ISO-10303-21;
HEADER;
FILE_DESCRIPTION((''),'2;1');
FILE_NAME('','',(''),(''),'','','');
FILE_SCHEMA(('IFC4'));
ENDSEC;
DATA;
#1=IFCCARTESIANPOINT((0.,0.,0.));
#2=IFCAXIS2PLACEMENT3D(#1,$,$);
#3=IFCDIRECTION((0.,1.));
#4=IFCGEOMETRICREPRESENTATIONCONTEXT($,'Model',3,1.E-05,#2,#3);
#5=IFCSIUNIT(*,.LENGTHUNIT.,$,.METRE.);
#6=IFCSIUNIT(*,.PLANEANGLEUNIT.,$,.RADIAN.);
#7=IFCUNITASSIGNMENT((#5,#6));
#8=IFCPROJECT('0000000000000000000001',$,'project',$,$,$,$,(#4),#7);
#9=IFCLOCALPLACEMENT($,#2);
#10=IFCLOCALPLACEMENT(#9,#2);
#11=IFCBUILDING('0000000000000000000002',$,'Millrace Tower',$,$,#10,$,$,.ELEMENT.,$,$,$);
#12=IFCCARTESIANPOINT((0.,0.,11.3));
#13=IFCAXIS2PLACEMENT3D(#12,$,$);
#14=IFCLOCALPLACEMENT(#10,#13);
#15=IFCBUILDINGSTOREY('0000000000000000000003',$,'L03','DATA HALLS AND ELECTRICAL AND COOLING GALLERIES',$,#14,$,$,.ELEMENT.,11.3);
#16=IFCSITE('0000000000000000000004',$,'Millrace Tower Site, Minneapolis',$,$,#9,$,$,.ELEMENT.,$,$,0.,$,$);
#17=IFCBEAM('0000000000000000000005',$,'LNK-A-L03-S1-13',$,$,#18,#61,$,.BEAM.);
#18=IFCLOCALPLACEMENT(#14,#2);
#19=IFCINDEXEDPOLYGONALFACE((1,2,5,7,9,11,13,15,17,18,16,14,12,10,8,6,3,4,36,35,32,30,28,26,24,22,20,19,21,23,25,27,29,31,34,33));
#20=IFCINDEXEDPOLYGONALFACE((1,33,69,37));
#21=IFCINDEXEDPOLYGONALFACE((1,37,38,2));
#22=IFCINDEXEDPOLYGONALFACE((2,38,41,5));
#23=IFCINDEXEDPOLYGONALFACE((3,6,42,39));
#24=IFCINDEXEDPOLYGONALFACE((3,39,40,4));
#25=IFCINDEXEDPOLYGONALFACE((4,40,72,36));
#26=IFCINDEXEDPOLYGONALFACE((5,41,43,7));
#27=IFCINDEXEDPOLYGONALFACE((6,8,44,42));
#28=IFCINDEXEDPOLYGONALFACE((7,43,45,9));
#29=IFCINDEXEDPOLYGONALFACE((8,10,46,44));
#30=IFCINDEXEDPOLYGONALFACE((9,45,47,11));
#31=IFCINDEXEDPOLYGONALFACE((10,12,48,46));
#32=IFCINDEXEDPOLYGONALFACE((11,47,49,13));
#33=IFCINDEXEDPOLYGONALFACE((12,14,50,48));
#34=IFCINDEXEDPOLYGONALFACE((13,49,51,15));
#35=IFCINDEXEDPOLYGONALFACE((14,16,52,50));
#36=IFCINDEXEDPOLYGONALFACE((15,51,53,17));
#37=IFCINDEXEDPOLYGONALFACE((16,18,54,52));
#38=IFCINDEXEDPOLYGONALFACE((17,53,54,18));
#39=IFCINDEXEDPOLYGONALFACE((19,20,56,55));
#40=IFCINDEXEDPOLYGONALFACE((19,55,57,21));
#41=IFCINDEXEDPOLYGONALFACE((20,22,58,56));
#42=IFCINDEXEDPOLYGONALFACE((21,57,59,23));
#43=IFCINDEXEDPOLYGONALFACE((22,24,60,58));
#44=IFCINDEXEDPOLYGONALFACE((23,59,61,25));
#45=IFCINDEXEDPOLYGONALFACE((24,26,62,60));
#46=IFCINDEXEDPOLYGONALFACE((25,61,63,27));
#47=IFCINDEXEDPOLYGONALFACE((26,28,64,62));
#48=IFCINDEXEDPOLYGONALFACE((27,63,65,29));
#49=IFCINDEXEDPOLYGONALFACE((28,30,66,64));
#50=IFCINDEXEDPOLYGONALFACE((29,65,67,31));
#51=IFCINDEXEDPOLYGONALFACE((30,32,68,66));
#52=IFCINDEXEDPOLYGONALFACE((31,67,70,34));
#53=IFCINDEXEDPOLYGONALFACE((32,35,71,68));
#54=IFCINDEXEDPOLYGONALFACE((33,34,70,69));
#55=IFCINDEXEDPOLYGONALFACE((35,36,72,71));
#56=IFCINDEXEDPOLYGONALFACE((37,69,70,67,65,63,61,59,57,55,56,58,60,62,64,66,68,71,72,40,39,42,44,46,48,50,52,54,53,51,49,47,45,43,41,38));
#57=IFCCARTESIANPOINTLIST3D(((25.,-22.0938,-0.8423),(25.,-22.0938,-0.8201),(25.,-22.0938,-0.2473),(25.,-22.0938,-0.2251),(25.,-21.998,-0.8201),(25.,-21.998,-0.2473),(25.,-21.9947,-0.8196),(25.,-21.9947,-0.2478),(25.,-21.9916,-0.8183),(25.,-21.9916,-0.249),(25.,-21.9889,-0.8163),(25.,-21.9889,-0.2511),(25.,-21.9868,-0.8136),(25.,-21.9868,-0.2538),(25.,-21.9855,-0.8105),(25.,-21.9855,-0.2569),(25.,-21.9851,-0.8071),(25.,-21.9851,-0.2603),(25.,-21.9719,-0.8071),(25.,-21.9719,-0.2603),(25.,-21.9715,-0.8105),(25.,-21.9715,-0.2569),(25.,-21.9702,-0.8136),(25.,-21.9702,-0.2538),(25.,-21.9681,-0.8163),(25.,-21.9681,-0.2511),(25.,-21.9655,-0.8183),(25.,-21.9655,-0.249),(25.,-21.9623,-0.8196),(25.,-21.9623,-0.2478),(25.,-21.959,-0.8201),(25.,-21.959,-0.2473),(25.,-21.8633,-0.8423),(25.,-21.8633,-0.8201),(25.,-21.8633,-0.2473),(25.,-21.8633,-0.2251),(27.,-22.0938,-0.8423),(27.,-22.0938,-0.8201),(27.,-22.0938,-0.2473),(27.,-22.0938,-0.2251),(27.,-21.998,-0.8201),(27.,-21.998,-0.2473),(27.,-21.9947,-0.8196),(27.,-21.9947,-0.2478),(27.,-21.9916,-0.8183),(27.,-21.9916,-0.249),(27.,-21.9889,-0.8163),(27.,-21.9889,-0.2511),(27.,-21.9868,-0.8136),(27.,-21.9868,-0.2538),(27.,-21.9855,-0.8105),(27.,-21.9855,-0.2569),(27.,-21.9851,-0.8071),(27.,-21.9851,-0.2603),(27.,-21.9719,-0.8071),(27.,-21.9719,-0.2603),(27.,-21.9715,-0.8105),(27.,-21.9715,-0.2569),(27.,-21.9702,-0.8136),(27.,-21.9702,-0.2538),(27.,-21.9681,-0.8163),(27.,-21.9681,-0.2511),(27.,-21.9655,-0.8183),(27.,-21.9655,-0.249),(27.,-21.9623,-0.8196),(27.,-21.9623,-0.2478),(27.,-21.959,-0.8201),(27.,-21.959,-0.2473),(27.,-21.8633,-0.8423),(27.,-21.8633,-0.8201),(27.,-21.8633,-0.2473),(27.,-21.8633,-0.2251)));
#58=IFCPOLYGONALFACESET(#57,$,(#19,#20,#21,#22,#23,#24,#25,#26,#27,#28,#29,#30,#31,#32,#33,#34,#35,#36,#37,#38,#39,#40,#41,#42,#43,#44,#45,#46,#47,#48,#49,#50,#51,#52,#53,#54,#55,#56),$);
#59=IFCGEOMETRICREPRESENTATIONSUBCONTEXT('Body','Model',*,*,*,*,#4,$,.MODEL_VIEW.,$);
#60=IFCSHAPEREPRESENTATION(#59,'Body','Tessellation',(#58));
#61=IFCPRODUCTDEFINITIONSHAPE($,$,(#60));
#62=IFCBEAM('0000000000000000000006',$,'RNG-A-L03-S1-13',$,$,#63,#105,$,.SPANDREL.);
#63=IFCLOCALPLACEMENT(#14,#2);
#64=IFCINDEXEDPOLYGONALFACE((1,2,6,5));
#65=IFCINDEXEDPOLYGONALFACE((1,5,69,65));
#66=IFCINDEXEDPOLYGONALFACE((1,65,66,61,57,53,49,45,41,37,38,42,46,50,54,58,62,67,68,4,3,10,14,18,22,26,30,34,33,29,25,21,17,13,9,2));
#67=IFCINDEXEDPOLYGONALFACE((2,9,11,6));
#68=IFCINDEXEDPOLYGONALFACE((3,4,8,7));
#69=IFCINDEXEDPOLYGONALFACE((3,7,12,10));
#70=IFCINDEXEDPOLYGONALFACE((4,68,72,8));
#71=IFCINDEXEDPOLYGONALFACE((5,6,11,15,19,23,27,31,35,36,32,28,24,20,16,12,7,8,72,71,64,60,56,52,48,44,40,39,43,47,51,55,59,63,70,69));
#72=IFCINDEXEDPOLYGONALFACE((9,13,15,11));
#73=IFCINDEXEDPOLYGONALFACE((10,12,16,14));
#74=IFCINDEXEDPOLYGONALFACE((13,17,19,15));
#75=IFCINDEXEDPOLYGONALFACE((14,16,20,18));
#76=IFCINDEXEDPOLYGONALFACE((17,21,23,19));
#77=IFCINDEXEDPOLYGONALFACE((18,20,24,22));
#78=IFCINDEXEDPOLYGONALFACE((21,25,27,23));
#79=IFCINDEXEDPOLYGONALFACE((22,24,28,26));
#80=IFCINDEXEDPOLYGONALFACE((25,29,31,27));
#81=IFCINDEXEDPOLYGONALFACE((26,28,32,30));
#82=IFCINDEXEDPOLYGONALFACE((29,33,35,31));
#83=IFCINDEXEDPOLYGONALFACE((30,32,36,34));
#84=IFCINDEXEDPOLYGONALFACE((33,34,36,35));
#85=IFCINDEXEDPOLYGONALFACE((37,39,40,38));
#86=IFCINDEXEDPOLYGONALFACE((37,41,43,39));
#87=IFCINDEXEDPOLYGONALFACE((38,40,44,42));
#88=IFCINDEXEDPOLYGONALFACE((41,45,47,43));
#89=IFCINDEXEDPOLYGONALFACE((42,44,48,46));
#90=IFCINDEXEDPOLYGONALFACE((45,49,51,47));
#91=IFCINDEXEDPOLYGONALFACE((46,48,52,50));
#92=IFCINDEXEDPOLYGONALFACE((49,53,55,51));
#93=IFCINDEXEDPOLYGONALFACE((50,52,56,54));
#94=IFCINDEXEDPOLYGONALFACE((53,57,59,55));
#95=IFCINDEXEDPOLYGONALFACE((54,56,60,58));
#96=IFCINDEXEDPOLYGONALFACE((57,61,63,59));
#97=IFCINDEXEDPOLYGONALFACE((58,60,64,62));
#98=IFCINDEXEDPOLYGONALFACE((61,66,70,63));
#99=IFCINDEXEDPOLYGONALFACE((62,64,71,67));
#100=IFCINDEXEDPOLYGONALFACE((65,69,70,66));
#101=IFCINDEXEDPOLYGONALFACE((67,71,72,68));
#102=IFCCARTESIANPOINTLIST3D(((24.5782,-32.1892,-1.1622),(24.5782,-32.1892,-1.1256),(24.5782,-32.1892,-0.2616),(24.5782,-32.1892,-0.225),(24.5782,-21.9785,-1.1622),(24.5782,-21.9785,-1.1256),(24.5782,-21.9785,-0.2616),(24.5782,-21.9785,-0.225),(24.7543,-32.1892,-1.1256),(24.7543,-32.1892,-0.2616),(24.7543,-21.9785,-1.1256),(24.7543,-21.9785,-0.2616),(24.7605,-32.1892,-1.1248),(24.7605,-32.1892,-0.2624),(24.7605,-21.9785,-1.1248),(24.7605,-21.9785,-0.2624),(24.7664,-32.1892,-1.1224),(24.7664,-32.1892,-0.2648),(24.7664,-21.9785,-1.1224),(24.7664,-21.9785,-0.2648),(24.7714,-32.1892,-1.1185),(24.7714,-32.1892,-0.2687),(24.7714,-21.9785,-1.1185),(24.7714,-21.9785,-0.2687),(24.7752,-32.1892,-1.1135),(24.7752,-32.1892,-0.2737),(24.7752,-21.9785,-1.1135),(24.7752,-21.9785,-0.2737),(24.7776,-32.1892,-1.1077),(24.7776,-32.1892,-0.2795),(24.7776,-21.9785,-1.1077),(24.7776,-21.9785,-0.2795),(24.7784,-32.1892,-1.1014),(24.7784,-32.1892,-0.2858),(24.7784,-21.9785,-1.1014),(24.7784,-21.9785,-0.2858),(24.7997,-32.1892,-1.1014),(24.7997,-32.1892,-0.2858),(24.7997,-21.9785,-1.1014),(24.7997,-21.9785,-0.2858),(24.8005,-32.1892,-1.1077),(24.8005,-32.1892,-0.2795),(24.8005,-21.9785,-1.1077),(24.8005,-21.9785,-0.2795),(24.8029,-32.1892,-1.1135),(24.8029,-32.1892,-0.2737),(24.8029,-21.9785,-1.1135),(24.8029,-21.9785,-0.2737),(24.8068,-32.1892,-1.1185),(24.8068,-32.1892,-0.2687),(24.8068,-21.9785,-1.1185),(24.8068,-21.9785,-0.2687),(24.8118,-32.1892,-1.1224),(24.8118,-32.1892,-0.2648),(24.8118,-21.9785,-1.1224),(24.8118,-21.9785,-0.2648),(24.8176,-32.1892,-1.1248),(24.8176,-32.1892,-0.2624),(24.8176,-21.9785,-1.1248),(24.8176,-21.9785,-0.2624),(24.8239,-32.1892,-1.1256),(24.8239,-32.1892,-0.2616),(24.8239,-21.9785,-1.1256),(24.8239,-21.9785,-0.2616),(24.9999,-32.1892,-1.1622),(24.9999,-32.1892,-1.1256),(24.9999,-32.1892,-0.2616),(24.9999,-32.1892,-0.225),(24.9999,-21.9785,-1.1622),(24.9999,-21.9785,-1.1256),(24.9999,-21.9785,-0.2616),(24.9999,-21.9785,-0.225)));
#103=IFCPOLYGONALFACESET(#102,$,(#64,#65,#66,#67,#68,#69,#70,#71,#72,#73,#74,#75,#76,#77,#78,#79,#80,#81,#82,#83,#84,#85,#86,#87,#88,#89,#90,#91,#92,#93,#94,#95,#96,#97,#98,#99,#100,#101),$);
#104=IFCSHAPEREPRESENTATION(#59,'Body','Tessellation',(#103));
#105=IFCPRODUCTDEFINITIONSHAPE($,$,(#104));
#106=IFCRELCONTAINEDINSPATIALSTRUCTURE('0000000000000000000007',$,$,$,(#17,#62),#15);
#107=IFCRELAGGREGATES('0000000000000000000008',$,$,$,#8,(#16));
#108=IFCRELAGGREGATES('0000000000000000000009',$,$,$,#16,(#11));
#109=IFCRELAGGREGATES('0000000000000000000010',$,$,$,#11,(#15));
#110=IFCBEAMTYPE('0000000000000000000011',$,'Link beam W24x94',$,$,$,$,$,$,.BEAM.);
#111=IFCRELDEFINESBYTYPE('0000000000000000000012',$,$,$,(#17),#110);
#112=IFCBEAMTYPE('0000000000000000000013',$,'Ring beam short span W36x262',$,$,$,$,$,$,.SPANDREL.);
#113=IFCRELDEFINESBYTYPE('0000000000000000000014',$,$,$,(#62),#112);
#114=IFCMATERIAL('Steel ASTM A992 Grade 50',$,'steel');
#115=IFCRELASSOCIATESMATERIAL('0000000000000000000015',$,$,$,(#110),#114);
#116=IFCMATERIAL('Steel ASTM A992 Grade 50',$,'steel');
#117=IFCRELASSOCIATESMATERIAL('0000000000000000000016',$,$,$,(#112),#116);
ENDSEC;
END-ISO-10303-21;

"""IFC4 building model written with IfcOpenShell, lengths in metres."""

from ifc_helpers import new_model, si_unit, direction, frame, origin, origin_2d, place, context, subcontext, project, spatial, i_section, extrude, material, material_profile, profile_set, type_object, element, save


model = new_model("IFC4")

# Units and contexts
model_context = context("Model", 3, precision=1e-05, world=origin(), true_north=direction((0.0, 1.0)))
body_context = subcontext(model_context, "Body", "Model", "MODEL_VIEW")
ifc_project = project(units=[si_unit("LENGTHUNIT", "METRE"), si_unit("PLANEANGLEUNIT", "RADIAN")], contexts=[model_context])

# Site, building, storey
site_placement = place(None, origin())
site = spatial("IfcSite", under=ifc_project, at=site_placement, Name="Millrace Tower Site, Minneapolis", CompositionType="ELEMENT", RefElevation=0.0)
building_placement = place(site_placement, origin())
building = spatial("IfcBuilding", under=site, at=building_placement, Name="Millrace Tower", CompositionType="ELEMENT")
storey_placement = place(building_placement, frame((0.0, 0.0, 11.3)))
storey = spatial("IfcBuildingStorey", under=building, at=storey_placement, Name="L03", Description="DATA HALLS AND ELECTRICAL AND COOLING GALLERIES", CompositionType="ELEMENT", Elevation=11.3)

# Beams
ifc_material_1 = material(Name="Steel ASTM A992 Grade 50", Category="steel")
ifc_material_profile_1 = material_profile(ifc_material_1, i_section(OverallWidth=0.2305, OverallDepth=0.6172, WebThickness=0.0132, FlangeThickness=0.0222, FilletRadius=0.0129, at=origin_2d()))
ifc_profile_set_1 = profile_set([ifc_material_profile_1], Name="Steel ASTM A992 Grade 50")
beam_type_1 = type_object("IfcBeamType", Name="Link beam W24x94", PredefinedType="BEAM", material=ifc_profile_set_1)
beam_1_placement = place(storey_placement, frame((25.0, -21.9785, -0.5337), z_axis=(1.0, 0.0, 0.0), x_axis=(0.0, 1.0, 0.0)))
element("IfcBeam", 1, at=beam_1_placement, inside=storey, type_object=beam_type_1, Name="LNK-A-L03-S1-13", PredefinedType="BEAM", context=body_context, shape_type="SweptSolid", body=[
    extrude(i_section(OverallWidth=0.2305, OverallDepth=0.6172, WebThickness=0.0132, FlangeThickness=0.0222, FilletRadius=0.0129, at=origin_2d()), origin(), (0.0, 0.0, 1.0), 2.0),
])
ifc_material_2 = material(Name="Steel ASTM A992 Grade 50", Category="steel")
ifc_material_profile_2 = material_profile(ifc_material_2, i_section(OverallWidth=0.4216, OverallDepth=0.9373, WebThickness=0.0212, FlangeThickness=0.0366, FilletRadius=0.0242, at=origin_2d()))
ifc_profile_set_2 = profile_set([ifc_material_profile_2], Name="Steel ASTM A992 Grade 50")
beam_type_2 = type_object("IfcBeamType", Name="Ring beam short span W36x262", PredefinedType="SPANDREL", material=ifc_profile_set_2)
beam_2_placement = place(storey_placement, frame((24.7891, -21.9785, -0.6936), z_axis=(0.0, -1.0, 0.0), x_axis=(1.0, 0.0, 0.0)))
element("IfcBeam", 2, at=beam_2_placement, inside=storey, type_object=beam_type_2, Name="RNG-A-L03-S1-13", PredefinedType="SPANDREL", context=body_context, shape_type="SweptSolid", body=[
    extrude(i_section(OverallWidth=0.4216, OverallDepth=0.9373, WebThickness=0.0212, FlangeThickness=0.0366, FilletRadius=0.0242, at=origin_2d()), origin(), (0.0, 0.0, 1.0), 10.2107),
])

save(model, "model.ifc")
